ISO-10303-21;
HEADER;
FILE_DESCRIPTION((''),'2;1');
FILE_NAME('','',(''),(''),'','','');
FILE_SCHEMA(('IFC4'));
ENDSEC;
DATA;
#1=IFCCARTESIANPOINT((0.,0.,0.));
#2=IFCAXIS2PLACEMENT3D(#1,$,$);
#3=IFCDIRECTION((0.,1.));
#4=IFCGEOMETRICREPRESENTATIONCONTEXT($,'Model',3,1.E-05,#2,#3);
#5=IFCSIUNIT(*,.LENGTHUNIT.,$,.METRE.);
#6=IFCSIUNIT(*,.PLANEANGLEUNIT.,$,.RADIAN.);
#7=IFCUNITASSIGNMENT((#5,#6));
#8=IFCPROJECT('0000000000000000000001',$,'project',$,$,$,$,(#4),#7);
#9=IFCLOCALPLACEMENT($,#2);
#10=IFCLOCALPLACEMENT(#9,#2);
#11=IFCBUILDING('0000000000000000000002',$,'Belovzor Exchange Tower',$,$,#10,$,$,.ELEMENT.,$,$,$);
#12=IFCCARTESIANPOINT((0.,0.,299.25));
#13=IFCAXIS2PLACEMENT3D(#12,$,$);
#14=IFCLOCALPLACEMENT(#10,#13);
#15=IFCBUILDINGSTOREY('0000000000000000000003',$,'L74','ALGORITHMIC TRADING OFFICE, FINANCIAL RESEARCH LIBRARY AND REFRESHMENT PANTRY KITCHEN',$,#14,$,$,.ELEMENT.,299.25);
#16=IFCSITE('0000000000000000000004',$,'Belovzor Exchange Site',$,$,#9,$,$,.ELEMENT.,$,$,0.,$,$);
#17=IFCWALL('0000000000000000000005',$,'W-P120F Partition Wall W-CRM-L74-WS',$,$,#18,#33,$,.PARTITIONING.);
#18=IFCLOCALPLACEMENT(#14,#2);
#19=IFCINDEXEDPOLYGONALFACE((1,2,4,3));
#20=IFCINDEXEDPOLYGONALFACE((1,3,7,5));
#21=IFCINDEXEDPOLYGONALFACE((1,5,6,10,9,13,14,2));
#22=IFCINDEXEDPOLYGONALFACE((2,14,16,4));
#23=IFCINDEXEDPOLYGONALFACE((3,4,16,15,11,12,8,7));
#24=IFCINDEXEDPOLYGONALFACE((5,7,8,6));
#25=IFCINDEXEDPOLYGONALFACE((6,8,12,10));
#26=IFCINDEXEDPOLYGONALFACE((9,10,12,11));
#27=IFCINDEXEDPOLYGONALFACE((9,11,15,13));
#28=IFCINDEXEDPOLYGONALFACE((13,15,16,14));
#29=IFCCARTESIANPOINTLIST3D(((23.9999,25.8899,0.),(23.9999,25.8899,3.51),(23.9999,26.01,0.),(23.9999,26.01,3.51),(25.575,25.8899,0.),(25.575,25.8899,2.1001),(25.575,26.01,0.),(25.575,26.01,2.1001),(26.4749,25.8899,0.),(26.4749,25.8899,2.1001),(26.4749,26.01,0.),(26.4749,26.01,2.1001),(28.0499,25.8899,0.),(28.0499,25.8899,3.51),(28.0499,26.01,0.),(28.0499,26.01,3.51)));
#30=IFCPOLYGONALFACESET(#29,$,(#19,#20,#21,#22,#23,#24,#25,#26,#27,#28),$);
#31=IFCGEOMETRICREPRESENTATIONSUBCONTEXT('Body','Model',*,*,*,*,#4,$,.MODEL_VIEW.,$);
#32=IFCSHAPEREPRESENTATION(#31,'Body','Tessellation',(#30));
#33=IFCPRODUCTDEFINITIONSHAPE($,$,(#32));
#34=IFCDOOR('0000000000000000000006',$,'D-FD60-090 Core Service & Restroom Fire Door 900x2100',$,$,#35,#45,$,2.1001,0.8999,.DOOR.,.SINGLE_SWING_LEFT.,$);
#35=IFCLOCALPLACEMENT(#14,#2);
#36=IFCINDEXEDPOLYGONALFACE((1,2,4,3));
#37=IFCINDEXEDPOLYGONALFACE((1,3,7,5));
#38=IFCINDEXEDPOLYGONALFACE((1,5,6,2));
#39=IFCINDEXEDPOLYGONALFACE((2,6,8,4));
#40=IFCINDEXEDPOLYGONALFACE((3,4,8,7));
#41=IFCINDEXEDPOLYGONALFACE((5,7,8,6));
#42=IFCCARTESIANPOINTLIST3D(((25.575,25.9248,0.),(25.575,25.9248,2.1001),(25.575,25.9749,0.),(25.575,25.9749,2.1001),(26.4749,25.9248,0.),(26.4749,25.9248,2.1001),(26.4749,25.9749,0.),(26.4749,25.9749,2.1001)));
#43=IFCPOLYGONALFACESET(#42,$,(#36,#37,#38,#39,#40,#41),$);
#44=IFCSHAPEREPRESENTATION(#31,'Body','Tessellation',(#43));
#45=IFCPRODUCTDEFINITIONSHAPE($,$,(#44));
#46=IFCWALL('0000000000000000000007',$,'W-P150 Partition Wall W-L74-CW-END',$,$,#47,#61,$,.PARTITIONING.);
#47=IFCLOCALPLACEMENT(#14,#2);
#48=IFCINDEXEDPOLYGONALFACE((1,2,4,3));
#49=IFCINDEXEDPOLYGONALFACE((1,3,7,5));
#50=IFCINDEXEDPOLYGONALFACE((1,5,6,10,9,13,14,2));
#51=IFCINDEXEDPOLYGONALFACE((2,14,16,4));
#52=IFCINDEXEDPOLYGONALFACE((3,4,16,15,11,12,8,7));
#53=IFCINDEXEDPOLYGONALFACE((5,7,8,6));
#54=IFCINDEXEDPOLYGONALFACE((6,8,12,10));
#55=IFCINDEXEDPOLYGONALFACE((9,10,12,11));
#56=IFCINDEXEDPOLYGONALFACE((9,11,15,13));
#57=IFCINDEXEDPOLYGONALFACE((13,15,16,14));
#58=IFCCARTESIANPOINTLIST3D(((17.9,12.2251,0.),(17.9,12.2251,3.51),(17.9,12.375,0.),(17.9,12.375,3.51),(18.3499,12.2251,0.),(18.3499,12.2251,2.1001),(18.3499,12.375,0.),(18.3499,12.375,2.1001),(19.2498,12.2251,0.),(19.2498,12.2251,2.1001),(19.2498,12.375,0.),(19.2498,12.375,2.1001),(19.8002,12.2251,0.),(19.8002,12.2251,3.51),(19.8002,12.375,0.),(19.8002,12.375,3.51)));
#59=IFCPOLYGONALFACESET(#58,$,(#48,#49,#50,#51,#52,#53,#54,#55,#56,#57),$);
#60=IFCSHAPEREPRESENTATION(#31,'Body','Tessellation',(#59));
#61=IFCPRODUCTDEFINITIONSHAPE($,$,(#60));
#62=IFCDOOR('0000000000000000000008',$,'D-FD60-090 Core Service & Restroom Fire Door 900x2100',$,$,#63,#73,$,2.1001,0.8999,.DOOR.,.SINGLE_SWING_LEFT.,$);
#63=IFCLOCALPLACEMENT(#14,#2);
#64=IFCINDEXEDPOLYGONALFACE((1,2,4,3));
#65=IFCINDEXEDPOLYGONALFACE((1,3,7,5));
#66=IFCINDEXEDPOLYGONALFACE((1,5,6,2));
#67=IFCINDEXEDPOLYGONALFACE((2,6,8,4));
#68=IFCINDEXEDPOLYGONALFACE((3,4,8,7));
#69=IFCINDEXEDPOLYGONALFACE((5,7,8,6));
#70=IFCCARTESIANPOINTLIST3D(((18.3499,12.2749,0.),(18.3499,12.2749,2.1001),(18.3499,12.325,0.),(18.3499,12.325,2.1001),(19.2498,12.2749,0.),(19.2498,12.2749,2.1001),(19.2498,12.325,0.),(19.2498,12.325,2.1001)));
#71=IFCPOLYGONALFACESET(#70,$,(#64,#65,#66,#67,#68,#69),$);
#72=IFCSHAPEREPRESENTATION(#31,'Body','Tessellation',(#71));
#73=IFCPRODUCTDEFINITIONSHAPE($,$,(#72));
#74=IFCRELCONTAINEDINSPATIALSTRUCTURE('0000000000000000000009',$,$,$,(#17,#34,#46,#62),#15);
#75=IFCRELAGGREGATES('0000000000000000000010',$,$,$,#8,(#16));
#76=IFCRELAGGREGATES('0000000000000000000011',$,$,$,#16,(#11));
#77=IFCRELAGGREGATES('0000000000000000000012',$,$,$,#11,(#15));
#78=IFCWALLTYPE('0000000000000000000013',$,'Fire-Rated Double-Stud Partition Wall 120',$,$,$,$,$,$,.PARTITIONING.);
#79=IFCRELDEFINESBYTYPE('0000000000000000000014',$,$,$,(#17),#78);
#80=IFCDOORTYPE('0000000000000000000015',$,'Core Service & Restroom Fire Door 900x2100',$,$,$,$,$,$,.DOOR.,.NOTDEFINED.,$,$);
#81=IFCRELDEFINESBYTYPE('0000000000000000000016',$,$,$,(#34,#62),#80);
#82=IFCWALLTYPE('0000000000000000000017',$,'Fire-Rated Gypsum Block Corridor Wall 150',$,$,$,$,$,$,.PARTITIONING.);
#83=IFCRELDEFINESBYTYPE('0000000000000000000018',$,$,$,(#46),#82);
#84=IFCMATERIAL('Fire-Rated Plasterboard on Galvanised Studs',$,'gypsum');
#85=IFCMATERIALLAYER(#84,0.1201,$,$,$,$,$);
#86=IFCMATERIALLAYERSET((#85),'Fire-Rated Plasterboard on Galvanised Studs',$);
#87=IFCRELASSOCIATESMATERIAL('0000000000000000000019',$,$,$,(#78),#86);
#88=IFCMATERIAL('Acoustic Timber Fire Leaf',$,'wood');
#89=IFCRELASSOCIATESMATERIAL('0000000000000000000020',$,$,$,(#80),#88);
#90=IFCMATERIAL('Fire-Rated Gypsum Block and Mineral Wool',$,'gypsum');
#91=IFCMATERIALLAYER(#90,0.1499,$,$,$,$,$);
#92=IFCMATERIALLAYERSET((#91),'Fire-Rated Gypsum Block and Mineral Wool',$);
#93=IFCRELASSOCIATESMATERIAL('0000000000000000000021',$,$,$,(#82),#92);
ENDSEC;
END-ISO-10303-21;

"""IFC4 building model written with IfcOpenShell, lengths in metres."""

from ifc_helpers import new_model, si_unit, direction, frame, frame_2d, origin, place, context, subcontext, project, spatial, rectangle, extrude, material, layer, layer_set, type_object, element, fill, save


model = new_model("IFC4")

# Units and contexts
model_context = context("Model", 3, precision=1e-05, world=origin(), true_north=direction((0.0, 1.0)))
body_context = subcontext(model_context, "Body", "Model", "MODEL_VIEW")
ifc_project = project(units=[si_unit("LENGTHUNIT", "METRE"), si_unit("PLANEANGLEUNIT", "RADIAN")], contexts=[model_context])

# Site, building, storey
site_placement = place(None, origin())
site = spatial("IfcSite", under=ifc_project, at=site_placement, Name="Belovzor Exchange Site", CompositionType="ELEMENT", RefElevation=0.0)
building_placement = place(site_placement, origin())
building = spatial("IfcBuilding", under=site, at=building_placement, Name="Belovzor Exchange Tower", CompositionType="ELEMENT")
storey_placement = place(building_placement, frame((0.0, 0.0, 299.25)))
storey = spatial("IfcBuildingStorey", under=building, at=storey_placement, Name="L74", Description="ALGORITHMIC TRADING OFFICE, FINANCIAL RESEARCH LIBRARY AND REFRESHMENT PANTRY KITCHEN", CompositionType="ELEMENT", Elevation=299.25)

# Walls, openings, doors
ifc_material_1 = material(Name="Fire-Rated Plasterboard on Galvanised Studs", Category="gypsum")
ifc_layer_1 = layer(ifc_material_1, 0.1201)
ifc_layer_set_1 = layer_set([ifc_layer_1], Name="Fire-Rated Plasterboard on Galvanised Studs")
wall_type_1 = type_object("IfcWallType", Name="Fire-Rated Double-Stud Partition Wall 120", PredefinedType="PARTITIONING", material=ifc_layer_set_1)
ifc_material_2 = material(Name="Acoustic Timber Fire Leaf", Category="wood")
door_type_1 = type_object("IfcDoorType", Name="Core Service & Restroom Fire Door 900x2100", OperationType="NOTDEFINED", PredefinedType="DOOR", material=ifc_material_2)
wall_1_placement = place(storey_placement, frame((24.0, 25.95, 0.0), z_axis=(0.0, 0.0, 1.0), x_axis=(1.0, 0.0, 0.0)))
wall_1 = element("IfcWall", 1, at=wall_1_placement, inside=storey, type_object=wall_type_1, Name="W-P120F Partition Wall W-CRM-L74-WS", PredefinedType="PARTITIONING", context=body_context, shape_type="SweptSolid", body=[
    extrude(rectangle(XDim=4.05, YDim=0.1201, at=frame_2d((2.0249, 0.0))), origin(), (0.0, 0.0, 1.0), 3.51),
])
opening_1_placement = place(wall_1_placement, frame((1.575, 0.0, 0.0)))
opening_1 = element("IfcOpeningElement", 2, at=opening_1_placement, cuts=wall_1, PredefinedType="OPENING", context=body_context, shape_type="SweptSolid", body=[
    extrude(rectangle(XDim=0.8999, YDim=2.1001, at=frame_2d((0.45, 1.05))), frame((0.0, 0.0701, 0.0), z_axis=(0.0, -1.0, 0.0), x_axis=(1.0, 0.0, 0.0)), (0.0, 0.0, 1.0), 0.1401),
])
door_1_placement = place(opening_1_placement, origin())
door_1 = element("IfcDoor", 3, at=door_1_placement, inside=storey, type_object=door_type_1, Name="D-FD60-090 Core Service & Restroom Fire Door 900x2100", OperationType="SINGLE_SWING_LEFT", OverallHeight=2.1001, OverallWidth=0.8999, PredefinedType="DOOR", context=body_context, shape_type="SweptSolid", body=[
    extrude(rectangle(XDim=0.8999, YDim=2.1001, at=frame_2d((0.45, 1.05))), frame((0.0, 0.0249, 0.0), z_axis=(0.0, -1.0, 0.0), x_axis=(1.0, 0.0, 0.0)), (0.0, 0.0, 1.0), 0.05),
])
fill(opening_1, door_1)
ifc_material_3 = material(Name="Fire-Rated Gypsum Block and Mineral Wool", Category="gypsum")
ifc_layer_2 = layer(ifc_material_3, 0.1499)
ifc_layer_set_2 = layer_set([ifc_layer_2], Name="Fire-Rated Gypsum Block and Mineral Wool")
wall_type_2 = type_object("IfcWallType", Name="Fire-Rated Gypsum Block Corridor Wall 150", PredefinedType="PARTITIONING", material=ifc_layer_set_2)
wall_2_placement = place(storey_placement, frame((17.8999, 12.3, 0.0), z_axis=(0.0, 0.0, 1.0), x_axis=(1.0, 0.0, 0.0)))
wall_2 = element("IfcWall", 4, at=wall_2_placement, inside=storey, type_object=wall_type_2, Name="W-P150 Partition Wall W-L74-CW-END", PredefinedType="PARTITIONING", context=body_context, shape_type="SweptSolid", body=[
    extrude(rectangle(XDim=1.9001, YDim=0.1499, at=frame_2d((0.9502, 0.0))), origin(), (0.0, 0.0, 1.0), 3.51),
])
opening_2_placement = place(wall_2_placement, frame((0.45, 0.0, 0.0)))
opening_2 = element("IfcOpeningElement", 5, at=opening_2_placement, cuts=wall_2, PredefinedType="OPENING", context=body_context, shape_type="SweptSolid", body=[
    extrude(rectangle(XDim=0.8999, YDim=2.1001, at=frame_2d((0.45, 1.05))), frame((0.0, 0.085, 0.0), z_axis=(0.0, -1.0, 0.0), x_axis=(1.0, 0.0, 0.0)), (0.0, 0.0, 1.0), 0.1699),
])
door_2_placement = place(opening_2_placement, origin())
door_2 = element("IfcDoor", 6, at=door_2_placement, inside=storey, type_object=door_type_1, Name="D-FD60-090 Core Service & Restroom Fire Door 900x2100", OperationType="SINGLE_SWING_LEFT", OverallHeight=2.1001, OverallWidth=0.8999, PredefinedType="DOOR", context=body_context, shape_type="SweptSolid", body=[
    extrude(rectangle(XDim=0.8999, YDim=2.1001, at=frame_2d((0.45, 1.05))), frame((0.0, 0.0249, 0.0), z_axis=(0.0, -1.0, 0.0), x_axis=(1.0, 0.0, 0.0)), (0.0, 0.0, 1.0), 0.05),
])
fill(opening_2, door_2)

save(model, "model.ifc")
